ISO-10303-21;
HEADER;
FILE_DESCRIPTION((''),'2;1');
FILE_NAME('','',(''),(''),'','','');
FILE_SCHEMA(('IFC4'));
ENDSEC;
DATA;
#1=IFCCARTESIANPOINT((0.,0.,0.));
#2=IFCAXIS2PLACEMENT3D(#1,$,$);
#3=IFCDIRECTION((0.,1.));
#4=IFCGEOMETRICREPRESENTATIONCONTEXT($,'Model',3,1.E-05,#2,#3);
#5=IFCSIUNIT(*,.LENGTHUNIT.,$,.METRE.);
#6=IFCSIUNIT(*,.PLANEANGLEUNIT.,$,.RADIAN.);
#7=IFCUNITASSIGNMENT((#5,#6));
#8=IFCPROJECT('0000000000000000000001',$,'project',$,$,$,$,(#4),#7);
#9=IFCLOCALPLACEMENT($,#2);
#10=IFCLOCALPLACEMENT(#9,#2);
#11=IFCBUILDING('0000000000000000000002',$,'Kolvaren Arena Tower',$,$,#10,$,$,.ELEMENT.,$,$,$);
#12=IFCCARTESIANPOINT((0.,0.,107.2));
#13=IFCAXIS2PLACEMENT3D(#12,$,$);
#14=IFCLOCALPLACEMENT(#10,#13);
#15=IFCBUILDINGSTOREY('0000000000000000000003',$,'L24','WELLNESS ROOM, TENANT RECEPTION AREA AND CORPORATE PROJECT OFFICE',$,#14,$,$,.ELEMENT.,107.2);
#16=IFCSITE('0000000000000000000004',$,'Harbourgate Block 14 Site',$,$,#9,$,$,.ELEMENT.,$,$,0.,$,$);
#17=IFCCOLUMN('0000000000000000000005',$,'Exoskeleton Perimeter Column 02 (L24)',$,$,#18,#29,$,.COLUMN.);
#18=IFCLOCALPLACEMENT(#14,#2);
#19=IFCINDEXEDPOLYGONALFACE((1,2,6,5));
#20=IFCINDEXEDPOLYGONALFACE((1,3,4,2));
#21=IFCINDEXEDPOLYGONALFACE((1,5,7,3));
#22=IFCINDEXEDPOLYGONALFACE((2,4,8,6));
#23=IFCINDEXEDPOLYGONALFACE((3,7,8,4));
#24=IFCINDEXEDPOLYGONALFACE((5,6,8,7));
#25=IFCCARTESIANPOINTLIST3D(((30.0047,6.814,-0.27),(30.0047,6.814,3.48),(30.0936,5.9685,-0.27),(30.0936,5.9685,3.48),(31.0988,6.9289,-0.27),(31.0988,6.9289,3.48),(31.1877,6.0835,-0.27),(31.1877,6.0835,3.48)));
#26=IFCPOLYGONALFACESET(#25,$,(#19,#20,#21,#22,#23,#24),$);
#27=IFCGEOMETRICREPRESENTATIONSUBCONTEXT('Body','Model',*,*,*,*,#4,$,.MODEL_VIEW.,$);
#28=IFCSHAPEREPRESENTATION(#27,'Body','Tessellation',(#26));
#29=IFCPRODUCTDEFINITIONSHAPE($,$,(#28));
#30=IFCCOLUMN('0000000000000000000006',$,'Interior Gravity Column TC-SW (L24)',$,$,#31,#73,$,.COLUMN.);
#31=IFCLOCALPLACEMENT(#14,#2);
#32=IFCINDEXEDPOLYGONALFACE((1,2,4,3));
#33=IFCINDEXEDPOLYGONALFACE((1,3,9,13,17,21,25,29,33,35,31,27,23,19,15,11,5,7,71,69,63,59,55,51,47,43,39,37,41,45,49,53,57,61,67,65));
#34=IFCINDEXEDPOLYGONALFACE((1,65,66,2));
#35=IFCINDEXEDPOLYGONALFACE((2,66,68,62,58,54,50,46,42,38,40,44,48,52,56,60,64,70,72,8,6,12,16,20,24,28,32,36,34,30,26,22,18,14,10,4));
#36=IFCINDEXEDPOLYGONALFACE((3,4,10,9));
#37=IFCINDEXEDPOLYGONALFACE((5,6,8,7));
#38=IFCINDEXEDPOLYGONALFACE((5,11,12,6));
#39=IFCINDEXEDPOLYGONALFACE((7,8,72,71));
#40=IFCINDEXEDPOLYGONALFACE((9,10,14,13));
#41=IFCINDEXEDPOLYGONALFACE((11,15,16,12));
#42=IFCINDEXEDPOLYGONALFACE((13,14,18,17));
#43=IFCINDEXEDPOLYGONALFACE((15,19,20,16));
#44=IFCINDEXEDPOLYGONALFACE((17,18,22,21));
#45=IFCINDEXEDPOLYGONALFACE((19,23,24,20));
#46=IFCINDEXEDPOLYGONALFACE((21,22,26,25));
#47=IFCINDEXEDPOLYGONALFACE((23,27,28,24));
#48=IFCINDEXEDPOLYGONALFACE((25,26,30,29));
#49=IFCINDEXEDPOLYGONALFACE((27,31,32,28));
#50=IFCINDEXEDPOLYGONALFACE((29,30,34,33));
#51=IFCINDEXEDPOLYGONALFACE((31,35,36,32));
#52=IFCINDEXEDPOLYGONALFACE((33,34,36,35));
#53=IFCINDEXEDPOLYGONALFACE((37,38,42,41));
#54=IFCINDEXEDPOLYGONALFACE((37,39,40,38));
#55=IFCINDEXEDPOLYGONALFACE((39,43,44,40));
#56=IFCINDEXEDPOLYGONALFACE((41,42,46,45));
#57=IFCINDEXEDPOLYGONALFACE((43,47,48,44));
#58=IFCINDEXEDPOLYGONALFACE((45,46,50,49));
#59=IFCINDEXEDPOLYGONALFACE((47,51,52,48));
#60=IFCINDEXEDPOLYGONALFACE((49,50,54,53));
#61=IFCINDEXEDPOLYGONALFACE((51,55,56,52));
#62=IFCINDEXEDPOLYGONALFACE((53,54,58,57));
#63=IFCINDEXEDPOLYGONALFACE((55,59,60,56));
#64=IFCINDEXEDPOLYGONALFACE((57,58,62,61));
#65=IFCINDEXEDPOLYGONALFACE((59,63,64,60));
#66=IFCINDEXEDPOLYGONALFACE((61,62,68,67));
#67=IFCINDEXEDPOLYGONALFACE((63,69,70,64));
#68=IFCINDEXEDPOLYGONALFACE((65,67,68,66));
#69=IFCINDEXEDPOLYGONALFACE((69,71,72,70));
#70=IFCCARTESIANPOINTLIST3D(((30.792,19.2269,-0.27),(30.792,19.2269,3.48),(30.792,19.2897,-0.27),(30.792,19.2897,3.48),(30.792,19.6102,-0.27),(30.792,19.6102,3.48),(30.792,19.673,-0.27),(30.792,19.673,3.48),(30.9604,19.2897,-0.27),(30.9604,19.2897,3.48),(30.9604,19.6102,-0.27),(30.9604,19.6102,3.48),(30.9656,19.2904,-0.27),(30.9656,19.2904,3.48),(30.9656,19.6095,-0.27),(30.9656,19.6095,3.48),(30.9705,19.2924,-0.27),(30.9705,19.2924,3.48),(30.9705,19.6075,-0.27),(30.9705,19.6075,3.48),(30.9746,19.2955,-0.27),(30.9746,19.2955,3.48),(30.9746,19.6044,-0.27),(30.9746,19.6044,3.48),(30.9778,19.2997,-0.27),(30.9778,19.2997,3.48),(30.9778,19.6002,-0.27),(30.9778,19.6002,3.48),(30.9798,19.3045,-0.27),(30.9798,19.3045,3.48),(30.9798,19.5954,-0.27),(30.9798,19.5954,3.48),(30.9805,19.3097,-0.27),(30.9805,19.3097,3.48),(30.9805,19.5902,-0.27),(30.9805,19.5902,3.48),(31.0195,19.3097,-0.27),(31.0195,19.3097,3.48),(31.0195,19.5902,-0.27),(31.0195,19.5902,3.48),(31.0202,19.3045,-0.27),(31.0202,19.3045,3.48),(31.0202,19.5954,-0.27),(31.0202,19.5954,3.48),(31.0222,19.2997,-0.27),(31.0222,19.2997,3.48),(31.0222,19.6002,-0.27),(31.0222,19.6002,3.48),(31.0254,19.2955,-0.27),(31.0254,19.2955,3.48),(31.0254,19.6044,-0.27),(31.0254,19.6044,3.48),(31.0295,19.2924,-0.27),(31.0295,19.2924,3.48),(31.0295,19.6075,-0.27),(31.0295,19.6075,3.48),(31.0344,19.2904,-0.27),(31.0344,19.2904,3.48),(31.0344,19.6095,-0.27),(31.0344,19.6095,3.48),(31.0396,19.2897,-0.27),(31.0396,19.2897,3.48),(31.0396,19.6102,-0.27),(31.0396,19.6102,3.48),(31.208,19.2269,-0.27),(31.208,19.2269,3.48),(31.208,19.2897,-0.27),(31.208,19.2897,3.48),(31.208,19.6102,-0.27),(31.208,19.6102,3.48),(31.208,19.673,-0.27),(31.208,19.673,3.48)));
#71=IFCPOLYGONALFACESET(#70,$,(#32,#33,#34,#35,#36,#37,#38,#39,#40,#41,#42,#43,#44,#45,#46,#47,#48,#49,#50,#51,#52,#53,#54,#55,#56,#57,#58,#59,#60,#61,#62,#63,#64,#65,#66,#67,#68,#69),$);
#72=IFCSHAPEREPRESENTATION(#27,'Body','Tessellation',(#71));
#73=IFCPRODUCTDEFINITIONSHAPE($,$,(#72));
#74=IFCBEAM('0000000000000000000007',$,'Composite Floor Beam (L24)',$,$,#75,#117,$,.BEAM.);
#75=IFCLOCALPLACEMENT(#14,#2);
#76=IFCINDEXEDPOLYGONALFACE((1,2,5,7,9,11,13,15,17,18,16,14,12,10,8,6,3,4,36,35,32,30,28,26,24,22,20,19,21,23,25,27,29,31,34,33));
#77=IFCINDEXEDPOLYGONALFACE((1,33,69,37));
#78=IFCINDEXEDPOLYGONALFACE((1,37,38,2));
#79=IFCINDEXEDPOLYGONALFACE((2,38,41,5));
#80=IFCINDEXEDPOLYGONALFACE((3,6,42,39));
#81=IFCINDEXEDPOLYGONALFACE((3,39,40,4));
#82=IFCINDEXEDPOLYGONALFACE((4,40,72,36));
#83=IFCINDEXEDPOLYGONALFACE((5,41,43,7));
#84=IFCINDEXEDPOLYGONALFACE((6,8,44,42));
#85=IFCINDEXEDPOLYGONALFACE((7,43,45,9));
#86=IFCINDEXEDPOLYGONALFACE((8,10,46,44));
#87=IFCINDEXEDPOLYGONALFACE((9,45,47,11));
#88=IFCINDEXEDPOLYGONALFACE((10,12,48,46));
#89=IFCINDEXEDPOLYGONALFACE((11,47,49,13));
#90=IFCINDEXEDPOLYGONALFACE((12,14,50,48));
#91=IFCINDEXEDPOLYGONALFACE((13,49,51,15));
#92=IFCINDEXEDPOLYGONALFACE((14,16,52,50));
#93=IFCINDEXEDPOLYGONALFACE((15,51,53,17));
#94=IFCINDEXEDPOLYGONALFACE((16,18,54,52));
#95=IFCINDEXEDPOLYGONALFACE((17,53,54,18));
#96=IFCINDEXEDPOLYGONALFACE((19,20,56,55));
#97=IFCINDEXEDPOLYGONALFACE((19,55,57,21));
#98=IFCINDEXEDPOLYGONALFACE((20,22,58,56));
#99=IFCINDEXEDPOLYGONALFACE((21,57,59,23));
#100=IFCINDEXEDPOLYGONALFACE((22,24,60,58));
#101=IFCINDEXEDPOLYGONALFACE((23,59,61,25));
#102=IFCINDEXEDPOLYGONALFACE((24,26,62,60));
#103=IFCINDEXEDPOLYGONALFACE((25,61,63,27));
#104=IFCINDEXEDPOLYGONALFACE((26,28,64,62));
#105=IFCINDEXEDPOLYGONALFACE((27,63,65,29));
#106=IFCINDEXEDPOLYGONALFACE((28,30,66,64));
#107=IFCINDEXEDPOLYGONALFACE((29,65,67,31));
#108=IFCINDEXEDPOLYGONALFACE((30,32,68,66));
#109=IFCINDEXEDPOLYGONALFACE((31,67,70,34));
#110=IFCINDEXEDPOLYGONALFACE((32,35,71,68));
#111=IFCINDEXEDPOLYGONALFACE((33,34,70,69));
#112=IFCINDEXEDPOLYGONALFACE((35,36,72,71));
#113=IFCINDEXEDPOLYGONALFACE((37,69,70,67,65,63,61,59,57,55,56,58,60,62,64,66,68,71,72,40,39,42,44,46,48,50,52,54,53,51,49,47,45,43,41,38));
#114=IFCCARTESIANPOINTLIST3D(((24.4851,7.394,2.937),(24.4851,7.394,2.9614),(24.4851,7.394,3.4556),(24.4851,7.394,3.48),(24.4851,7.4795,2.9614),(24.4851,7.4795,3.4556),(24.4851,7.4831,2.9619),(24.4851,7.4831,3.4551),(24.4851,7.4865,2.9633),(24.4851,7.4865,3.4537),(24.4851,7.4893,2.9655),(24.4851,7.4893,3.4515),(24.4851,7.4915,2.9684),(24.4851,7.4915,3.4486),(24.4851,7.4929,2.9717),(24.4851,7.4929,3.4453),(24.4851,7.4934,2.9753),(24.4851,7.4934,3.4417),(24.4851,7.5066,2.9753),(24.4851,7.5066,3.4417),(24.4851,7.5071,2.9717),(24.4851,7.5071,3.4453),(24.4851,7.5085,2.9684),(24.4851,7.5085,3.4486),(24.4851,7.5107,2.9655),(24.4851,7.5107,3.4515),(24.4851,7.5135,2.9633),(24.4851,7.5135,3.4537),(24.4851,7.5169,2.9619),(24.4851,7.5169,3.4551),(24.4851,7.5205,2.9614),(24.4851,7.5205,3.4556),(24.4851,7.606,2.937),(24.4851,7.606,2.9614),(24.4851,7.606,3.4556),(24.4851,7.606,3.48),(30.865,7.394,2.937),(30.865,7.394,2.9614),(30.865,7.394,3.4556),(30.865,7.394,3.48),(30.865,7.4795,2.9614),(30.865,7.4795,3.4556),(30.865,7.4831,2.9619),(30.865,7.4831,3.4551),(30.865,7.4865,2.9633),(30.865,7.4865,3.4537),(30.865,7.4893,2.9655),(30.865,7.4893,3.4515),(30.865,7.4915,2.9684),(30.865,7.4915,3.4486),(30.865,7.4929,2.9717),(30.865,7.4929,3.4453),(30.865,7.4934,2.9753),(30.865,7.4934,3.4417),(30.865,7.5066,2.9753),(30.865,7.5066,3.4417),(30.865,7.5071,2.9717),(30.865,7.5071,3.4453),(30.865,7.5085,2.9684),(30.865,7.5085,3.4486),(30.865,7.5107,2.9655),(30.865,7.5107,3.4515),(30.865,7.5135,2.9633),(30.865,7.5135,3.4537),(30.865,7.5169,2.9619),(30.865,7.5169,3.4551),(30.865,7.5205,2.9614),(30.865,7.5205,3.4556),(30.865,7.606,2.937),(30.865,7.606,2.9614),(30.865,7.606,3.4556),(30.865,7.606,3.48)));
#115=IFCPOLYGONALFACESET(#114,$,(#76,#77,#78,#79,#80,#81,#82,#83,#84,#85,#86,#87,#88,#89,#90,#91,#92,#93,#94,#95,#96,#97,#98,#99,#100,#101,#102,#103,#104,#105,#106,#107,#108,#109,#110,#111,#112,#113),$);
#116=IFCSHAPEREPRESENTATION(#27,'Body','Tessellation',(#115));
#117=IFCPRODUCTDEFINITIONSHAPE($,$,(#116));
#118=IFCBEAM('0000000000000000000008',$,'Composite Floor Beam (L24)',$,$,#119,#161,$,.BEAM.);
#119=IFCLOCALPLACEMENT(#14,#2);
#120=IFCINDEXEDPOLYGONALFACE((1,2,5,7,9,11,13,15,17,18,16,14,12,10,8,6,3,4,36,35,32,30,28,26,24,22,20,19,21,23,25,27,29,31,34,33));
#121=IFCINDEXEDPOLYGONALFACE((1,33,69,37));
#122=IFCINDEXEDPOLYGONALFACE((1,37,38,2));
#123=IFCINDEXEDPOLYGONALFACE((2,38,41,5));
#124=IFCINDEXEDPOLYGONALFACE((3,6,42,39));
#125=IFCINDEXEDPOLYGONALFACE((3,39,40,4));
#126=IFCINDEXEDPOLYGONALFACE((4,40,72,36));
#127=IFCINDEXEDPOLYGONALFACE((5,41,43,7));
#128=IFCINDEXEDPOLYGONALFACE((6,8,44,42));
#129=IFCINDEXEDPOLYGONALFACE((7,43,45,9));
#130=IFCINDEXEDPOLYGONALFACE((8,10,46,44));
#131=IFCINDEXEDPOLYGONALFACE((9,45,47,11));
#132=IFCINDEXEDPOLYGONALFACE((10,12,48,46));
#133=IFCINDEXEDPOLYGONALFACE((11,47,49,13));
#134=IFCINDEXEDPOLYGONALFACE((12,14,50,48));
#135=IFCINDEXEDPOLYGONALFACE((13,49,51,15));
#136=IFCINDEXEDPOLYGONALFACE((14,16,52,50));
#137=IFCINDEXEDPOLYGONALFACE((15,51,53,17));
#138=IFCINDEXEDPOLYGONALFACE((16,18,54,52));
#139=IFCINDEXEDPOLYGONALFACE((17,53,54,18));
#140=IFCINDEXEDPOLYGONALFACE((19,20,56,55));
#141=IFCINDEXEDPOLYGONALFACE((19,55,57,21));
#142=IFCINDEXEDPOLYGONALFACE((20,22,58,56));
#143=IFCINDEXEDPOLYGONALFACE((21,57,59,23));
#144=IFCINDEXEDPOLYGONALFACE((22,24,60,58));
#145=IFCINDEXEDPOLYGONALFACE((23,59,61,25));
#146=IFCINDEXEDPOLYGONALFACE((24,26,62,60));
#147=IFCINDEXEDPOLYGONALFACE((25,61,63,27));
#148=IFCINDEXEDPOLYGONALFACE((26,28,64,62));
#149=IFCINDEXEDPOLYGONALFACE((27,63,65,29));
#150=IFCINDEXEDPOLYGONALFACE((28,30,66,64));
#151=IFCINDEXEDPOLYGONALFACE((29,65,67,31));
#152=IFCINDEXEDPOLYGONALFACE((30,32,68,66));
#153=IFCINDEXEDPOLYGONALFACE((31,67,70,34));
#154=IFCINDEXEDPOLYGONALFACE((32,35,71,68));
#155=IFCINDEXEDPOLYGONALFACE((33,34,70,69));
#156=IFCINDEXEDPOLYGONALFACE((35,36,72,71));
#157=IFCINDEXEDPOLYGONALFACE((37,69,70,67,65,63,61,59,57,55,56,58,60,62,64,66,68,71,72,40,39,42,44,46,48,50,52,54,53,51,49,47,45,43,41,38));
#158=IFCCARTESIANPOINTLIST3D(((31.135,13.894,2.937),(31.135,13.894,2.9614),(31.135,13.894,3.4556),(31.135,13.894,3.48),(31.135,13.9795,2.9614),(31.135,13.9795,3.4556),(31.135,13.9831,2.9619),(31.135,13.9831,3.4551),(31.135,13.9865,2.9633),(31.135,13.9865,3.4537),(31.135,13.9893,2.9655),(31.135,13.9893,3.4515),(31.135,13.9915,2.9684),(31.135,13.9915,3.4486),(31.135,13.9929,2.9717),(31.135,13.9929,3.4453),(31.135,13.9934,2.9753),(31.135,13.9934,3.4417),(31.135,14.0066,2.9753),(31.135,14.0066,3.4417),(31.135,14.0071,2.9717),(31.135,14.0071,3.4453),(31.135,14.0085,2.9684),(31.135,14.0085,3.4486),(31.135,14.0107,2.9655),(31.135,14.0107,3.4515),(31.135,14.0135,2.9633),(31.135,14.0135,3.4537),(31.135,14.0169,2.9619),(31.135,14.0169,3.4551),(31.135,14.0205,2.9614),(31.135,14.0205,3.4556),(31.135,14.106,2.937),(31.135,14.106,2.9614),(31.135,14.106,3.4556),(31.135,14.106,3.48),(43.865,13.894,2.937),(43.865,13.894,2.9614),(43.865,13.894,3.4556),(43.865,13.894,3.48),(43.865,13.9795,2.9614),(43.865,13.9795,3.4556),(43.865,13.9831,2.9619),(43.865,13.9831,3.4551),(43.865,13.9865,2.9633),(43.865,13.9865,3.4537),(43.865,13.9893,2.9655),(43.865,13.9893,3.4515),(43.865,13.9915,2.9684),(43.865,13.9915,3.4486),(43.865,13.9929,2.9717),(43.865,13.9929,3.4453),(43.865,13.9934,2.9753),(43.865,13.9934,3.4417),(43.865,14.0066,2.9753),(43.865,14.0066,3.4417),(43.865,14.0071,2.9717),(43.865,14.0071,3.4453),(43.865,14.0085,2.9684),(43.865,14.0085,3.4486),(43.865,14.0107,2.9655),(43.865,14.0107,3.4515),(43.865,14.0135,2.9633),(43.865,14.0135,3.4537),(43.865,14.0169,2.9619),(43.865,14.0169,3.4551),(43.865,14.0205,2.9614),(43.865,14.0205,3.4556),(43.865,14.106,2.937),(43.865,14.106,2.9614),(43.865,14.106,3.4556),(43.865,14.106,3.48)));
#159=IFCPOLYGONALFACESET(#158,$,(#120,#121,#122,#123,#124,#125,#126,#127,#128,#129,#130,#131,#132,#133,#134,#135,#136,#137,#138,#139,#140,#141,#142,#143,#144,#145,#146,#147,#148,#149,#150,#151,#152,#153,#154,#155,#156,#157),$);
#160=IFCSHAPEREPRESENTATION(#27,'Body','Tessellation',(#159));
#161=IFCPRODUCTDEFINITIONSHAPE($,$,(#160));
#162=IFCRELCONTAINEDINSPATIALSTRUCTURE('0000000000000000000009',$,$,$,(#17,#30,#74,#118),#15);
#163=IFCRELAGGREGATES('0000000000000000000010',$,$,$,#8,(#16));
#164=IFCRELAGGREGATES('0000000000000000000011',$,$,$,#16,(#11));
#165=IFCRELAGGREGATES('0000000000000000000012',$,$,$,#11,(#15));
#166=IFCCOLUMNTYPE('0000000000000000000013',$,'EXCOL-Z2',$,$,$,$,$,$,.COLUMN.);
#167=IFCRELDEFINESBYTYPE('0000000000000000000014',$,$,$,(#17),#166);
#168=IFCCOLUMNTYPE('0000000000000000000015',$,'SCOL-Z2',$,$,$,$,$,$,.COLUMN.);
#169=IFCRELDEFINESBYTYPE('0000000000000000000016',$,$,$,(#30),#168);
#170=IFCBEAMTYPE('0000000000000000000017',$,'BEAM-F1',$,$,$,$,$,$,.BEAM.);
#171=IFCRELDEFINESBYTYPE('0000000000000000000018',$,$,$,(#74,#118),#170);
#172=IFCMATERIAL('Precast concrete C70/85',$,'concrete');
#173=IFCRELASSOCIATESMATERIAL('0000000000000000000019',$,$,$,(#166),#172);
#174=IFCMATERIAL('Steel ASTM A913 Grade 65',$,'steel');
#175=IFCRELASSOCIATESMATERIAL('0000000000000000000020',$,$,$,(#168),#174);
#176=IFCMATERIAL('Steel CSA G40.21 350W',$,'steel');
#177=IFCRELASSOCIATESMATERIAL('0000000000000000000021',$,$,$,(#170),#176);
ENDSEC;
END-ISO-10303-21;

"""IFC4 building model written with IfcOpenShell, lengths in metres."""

from ifc_helpers import new_model, si_unit, direction, frame, origin, origin_2d, place, context, subcontext, project, spatial, rectangle, i_section, extrude, material, material_profile, profile_set, type_object, element, save


model = new_model("IFC4")

# Units and contexts
model_context = context("Model", 3, precision=1e-05, world=origin(), true_north=direction((0.0, 1.0)))
body_context = subcontext(model_context, "Body", "Model", "MODEL_VIEW")
ifc_project = project(units=[si_unit("LENGTHUNIT", "METRE"), si_unit("PLANEANGLEUNIT", "RADIAN")], contexts=[model_context])

# Site, building, storey
site_placement = place(None, origin())
site = spatial("IfcSite", under=ifc_project, at=site_placement, Name="Harbourgate Block 14 Site", CompositionType="ELEMENT", RefElevation=0.0)
building_placement = place(site_placement, origin())
building = spatial("IfcBuilding", under=site, at=building_placement, Name="Kolvaren Arena Tower", CompositionType="ELEMENT")
storey_placement = place(building_placement, frame((0.0, 0.0, 107.2)))
storey = spatial("IfcBuildingStorey", under=building, at=storey_placement, Name="L24", Description="WELLNESS ROOM, TENANT RECEPTION AREA AND CORPORATE PROJECT OFFICE", CompositionType="ELEMENT", Elevation=107.2)

# Columns
ifc_material_1 = material(Name="Precast concrete C70/85", Category="concrete")
ifc_material_profile_1 = material_profile(ifc_material_1, rectangle(XDim=1.1001, YDim=0.8501, at=origin_2d()), Name="RC-1100x850")
ifc_profile_set_1 = profile_set([ifc_material_profile_1], Name="Precast concrete C70/85")
column_type_1 = type_object("IfcColumnType", Name="EXCOL-Z2", PredefinedType="COLUMN", material=ifc_profile_set_1)
column_1_placement = place(storey_placement, frame((30.5962, 6.4487, -0.27), z_axis=(0.0, 0.0, 1.0), x_axis=(0.994522, 0.104528, 0.0)))
element("IfcColumn", 1, at=column_1_placement, inside=storey, type_object=column_type_1, Name="Exoskeleton Perimeter Column 02 (L24)", PredefinedType="COLUMN", context=body_context, shape_type="SweptSolid", body=[
    extrude(rectangle(XDim=1.1001, YDim=0.8501, at=origin_2d()), origin(), (0.0, 0.0, 1.0), 3.75),
])
ifc_material_2 = material(Name="Steel ASTM A913 Grade 65", Category="steel")
ifc_material_profile_2 = material_profile(ifc_material_2, i_section(OverallWidth=0.416, OverallDepth=0.446, WebThickness=0.0391, FlangeThickness=0.0627, FilletRadius=0.02, at=origin_2d()), Name="W360x509")
ifc_profile_set_2 = profile_set([ifc_material_profile_2], Name="Steel ASTM A913 Grade 65")
column_type_2 = type_object("IfcColumnType", Name="SCOL-Z2", PredefinedType="COLUMN", material=ifc_profile_set_2)
column_2_placement = place(storey_placement, frame((31.0, 19.45, -0.27), z_axis=(0.0, 0.0, 1.0), x_axis=(1.0, 0.0, 0.0)))
element("IfcColumn", 2, at=column_2_placement, inside=storey, type_object=column_type_2, Name="Interior Gravity Column TC-SW (L24)", PredefinedType="COLUMN", context=body_context, shape_type="SweptSolid", body=[
    extrude(i_section(OverallWidth=0.416, OverallDepth=0.446, WebThickness=0.0391, FlangeThickness=0.0627, FilletRadius=0.02, at=origin_2d()), origin(), (0.0, 0.0, 1.0), 3.75),
])

# Beams
ifc_material_3 = material(Name="Steel CSA G40.21 350W", Category="steel")
ifc_material_profile_3 = material_profile(ifc_material_3, i_section(OverallWidth=0.2119, OverallDepth=0.543, WebThickness=0.0132, FlangeThickness=0.0244, FilletRadius=0.0139, at=origin_2d()), Name="W530x150")
ifc_profile_set_3 = profile_set([ifc_material_profile_3], Name="Steel CSA G40.21 350W")
beam_type_1 = type_object("IfcBeamType", Name="BEAM-F1", PredefinedType="BEAM", material=ifc_profile_set_3)
beam_1_placement = place(storey_placement, frame((24.4851, 7.5, 3.2085), z_axis=(1.0, 0.0, 0.0), x_axis=(0.0, 1.0, 0.0)))
element("IfcBeam", 3, at=beam_1_placement, inside=storey, type_object=beam_type_1, Name="Composite Floor Beam (L24)", PredefinedType="BEAM", context=body_context, shape_type="SweptSolid", body=[
    extrude(i_section(OverallWidth=0.2119, OverallDepth=0.543, WebThickness=0.0132, FlangeThickness=0.0244, FilletRadius=0.0139, at=origin_2d()), origin(), (0.0, 0.0, 1.0), 6.3799),
])
beam_2_placement = place(storey_placement, frame((31.135, 14.0, 3.2085), z_axis=(1.0, 0.0, 0.0), x_axis=(0.0, 1.0, 0.0)))
element("IfcBeam", 4, at=beam_2_placement, inside=storey, type_object=beam_type_1, Name="Composite Floor Beam (L24)", PredefinedType="BEAM", context=body_context, shape_type="SweptSolid", body=[
    extrude(i_section(OverallWidth=0.2119, OverallDepth=0.543, WebThickness=0.0132, FlangeThickness=0.0244, FilletRadius=0.0139, at=origin_2d()), origin(), (0.0, 0.0, 1.0), 12.73),
])

save(model, "model.ifc")
